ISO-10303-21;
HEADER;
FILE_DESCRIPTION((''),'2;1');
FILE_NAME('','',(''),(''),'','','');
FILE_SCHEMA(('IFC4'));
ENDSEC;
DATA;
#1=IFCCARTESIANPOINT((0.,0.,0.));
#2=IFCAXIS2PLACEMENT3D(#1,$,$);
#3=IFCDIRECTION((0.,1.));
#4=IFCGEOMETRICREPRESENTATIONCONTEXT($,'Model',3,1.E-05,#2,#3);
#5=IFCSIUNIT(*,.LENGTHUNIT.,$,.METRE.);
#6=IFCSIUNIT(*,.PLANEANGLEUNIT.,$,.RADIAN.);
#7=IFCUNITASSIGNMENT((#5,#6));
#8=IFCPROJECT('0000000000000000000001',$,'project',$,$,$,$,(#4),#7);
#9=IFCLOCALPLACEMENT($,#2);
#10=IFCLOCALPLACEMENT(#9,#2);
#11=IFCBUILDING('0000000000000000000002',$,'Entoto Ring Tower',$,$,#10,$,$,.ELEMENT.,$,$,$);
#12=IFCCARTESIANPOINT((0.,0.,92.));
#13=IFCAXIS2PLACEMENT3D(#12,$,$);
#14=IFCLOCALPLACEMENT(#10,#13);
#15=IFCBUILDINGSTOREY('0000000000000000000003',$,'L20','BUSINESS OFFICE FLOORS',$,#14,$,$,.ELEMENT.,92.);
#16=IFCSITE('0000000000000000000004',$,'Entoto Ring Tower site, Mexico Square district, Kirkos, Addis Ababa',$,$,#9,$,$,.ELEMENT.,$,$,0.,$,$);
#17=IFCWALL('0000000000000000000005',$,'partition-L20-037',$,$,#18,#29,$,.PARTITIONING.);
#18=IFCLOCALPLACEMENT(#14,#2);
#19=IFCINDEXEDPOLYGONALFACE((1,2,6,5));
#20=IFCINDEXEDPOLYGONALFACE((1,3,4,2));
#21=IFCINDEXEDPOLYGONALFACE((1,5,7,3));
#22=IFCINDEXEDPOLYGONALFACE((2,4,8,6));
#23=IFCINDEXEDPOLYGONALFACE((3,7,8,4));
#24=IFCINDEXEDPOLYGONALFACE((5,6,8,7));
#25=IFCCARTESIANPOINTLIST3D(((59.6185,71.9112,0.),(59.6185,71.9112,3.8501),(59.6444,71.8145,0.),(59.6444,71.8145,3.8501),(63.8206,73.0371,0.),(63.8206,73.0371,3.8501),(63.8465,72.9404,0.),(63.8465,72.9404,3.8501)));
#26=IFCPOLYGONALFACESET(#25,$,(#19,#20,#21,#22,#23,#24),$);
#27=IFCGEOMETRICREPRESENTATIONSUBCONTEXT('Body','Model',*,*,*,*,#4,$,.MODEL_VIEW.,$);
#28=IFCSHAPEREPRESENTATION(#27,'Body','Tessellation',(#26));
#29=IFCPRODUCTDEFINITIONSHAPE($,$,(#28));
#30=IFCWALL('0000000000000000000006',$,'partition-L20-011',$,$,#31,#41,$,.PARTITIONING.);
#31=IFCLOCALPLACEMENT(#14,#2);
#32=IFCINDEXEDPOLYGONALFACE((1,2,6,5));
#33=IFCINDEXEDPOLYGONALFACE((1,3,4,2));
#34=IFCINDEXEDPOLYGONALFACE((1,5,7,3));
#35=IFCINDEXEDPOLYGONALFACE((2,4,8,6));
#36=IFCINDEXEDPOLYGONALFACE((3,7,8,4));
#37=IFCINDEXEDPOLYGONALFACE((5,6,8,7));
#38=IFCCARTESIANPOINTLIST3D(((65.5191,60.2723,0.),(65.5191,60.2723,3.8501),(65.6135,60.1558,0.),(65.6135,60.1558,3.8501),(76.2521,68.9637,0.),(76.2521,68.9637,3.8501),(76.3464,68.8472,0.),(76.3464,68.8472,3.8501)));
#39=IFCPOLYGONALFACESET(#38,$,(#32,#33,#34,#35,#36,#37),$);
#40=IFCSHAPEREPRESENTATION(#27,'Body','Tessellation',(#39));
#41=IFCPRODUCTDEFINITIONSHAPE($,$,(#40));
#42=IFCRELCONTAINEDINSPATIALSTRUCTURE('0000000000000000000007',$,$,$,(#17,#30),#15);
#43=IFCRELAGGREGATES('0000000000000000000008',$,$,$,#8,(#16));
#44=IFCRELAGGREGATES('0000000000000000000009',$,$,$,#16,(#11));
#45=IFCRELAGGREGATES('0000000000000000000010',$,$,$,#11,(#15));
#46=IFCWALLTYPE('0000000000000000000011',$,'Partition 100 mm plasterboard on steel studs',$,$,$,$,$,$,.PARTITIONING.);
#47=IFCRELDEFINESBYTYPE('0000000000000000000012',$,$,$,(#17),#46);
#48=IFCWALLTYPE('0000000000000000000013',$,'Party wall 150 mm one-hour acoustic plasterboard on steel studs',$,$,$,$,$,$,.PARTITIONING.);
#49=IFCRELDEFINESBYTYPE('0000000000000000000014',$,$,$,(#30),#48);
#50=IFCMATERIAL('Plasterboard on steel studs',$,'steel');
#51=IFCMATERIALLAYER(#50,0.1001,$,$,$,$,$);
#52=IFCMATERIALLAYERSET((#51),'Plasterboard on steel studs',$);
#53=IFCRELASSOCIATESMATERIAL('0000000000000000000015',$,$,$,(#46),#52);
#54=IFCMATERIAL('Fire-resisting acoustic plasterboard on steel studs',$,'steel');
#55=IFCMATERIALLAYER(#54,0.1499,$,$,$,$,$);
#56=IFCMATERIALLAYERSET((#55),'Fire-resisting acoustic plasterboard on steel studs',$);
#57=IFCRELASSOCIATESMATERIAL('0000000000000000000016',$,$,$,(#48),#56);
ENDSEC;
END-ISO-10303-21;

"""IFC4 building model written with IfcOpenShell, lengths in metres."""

from ifc_helpers import new_model, si_unit, direction, frame, frame_2d, origin, place, context, subcontext, project, spatial, rectangle, extrude, material, layer, layer_set, type_object, element, save


model = new_model("IFC4")

# Units and contexts
model_context = context("Model", 3, precision=1e-05, world=origin(), true_north=direction((0.0, 1.0)))
body_context = subcontext(model_context, "Body", "Model", "MODEL_VIEW")
ifc_project = project(units=[si_unit("LENGTHUNIT", "METRE"), si_unit("PLANEANGLEUNIT", "RADIAN")], contexts=[model_context])

# Site, building, storey
site_placement = place(None, origin())
site = spatial("IfcSite", under=ifc_project, at=site_placement, Name="Entoto Ring Tower site, Mexico Square district, Kirkos, Addis Ababa", CompositionType="ELEMENT", RefElevation=0.0)
building_placement = place(site_placement, origin())
building = spatial("IfcBuilding", under=site, at=building_placement, Name="Entoto Ring Tower", CompositionType="ELEMENT")
storey_placement = place(building_placement, frame((0.0, 0.0, 92.0)))
storey = spatial("IfcBuildingStorey", under=building, at=storey_placement, Name="L20", Description="BUSINESS OFFICE FLOORS", CompositionType="ELEMENT", Elevation=92.0)

# Walls
ifc_material_1 = material(Name="Plasterboard on steel studs", Category="steel")
ifc_layer_1 = layer(ifc_material_1, 0.1001)
ifc_layer_set_1 = layer_set([ifc_layer_1], Name="Plasterboard on steel studs")
wall_type_1 = type_object("IfcWallType", Name="Partition 100 mm plasterboard on steel studs", PredefinedType="PARTITIONING", material=ifc_layer_set_1)
wall_1_placement = place(storey_placement, frame((59.6313, 71.8628, 0.0), z_axis=(0.0, 0.0, 1.0), x_axis=(0.965925, 0.258822, 0.0)))
element("IfcWall", 1, at=wall_1_placement, inside=storey, type_object=wall_type_1, Name="partition-L20-037", PredefinedType="PARTITIONING", context=body_context, shape_type="SweptSolid", body=[
    extrude(rectangle(XDim=4.3503, YDim=0.1001, at=frame_2d((2.1753, 0.0))), origin(), (0.0, 0.0, 1.0), 3.8501),
])
ifc_material_2 = material(Name="Fire-resisting acoustic plasterboard on steel studs", Category="steel")
ifc_layer_2 = layer(ifc_material_2, 0.1499)
ifc_layer_set_2 = layer_set([ifc_layer_2], Name="Fire-resisting acoustic plasterboard on steel studs")
wall_type_2 = type_object("IfcWallType", Name="Party wall 150 mm one-hour acoustic plasterboard on steel studs", PredefinedType="PARTITIONING", material=ifc_layer_set_2)
wall_2_placement = place(storey_placement, frame((65.5664, 60.2141, 0.0), z_axis=(0.0, 0.0, 1.0), x_axis=(0.777144, 0.629323, 0.0)))
element("IfcWall", 2, at=wall_2_placement, inside=storey, type_object=wall_type_2, Name="partition-L20-011", PredefinedType="PARTITIONING", context=body_context, shape_type="SweptSolid", body=[
    extrude(rectangle(XDim=13.8108, YDim=0.1499, at=frame_2d((6.9053, 0.0))), origin(), (0.0, 0.0, 1.0), 3.8501),
])

save(model, "model.ifc")
